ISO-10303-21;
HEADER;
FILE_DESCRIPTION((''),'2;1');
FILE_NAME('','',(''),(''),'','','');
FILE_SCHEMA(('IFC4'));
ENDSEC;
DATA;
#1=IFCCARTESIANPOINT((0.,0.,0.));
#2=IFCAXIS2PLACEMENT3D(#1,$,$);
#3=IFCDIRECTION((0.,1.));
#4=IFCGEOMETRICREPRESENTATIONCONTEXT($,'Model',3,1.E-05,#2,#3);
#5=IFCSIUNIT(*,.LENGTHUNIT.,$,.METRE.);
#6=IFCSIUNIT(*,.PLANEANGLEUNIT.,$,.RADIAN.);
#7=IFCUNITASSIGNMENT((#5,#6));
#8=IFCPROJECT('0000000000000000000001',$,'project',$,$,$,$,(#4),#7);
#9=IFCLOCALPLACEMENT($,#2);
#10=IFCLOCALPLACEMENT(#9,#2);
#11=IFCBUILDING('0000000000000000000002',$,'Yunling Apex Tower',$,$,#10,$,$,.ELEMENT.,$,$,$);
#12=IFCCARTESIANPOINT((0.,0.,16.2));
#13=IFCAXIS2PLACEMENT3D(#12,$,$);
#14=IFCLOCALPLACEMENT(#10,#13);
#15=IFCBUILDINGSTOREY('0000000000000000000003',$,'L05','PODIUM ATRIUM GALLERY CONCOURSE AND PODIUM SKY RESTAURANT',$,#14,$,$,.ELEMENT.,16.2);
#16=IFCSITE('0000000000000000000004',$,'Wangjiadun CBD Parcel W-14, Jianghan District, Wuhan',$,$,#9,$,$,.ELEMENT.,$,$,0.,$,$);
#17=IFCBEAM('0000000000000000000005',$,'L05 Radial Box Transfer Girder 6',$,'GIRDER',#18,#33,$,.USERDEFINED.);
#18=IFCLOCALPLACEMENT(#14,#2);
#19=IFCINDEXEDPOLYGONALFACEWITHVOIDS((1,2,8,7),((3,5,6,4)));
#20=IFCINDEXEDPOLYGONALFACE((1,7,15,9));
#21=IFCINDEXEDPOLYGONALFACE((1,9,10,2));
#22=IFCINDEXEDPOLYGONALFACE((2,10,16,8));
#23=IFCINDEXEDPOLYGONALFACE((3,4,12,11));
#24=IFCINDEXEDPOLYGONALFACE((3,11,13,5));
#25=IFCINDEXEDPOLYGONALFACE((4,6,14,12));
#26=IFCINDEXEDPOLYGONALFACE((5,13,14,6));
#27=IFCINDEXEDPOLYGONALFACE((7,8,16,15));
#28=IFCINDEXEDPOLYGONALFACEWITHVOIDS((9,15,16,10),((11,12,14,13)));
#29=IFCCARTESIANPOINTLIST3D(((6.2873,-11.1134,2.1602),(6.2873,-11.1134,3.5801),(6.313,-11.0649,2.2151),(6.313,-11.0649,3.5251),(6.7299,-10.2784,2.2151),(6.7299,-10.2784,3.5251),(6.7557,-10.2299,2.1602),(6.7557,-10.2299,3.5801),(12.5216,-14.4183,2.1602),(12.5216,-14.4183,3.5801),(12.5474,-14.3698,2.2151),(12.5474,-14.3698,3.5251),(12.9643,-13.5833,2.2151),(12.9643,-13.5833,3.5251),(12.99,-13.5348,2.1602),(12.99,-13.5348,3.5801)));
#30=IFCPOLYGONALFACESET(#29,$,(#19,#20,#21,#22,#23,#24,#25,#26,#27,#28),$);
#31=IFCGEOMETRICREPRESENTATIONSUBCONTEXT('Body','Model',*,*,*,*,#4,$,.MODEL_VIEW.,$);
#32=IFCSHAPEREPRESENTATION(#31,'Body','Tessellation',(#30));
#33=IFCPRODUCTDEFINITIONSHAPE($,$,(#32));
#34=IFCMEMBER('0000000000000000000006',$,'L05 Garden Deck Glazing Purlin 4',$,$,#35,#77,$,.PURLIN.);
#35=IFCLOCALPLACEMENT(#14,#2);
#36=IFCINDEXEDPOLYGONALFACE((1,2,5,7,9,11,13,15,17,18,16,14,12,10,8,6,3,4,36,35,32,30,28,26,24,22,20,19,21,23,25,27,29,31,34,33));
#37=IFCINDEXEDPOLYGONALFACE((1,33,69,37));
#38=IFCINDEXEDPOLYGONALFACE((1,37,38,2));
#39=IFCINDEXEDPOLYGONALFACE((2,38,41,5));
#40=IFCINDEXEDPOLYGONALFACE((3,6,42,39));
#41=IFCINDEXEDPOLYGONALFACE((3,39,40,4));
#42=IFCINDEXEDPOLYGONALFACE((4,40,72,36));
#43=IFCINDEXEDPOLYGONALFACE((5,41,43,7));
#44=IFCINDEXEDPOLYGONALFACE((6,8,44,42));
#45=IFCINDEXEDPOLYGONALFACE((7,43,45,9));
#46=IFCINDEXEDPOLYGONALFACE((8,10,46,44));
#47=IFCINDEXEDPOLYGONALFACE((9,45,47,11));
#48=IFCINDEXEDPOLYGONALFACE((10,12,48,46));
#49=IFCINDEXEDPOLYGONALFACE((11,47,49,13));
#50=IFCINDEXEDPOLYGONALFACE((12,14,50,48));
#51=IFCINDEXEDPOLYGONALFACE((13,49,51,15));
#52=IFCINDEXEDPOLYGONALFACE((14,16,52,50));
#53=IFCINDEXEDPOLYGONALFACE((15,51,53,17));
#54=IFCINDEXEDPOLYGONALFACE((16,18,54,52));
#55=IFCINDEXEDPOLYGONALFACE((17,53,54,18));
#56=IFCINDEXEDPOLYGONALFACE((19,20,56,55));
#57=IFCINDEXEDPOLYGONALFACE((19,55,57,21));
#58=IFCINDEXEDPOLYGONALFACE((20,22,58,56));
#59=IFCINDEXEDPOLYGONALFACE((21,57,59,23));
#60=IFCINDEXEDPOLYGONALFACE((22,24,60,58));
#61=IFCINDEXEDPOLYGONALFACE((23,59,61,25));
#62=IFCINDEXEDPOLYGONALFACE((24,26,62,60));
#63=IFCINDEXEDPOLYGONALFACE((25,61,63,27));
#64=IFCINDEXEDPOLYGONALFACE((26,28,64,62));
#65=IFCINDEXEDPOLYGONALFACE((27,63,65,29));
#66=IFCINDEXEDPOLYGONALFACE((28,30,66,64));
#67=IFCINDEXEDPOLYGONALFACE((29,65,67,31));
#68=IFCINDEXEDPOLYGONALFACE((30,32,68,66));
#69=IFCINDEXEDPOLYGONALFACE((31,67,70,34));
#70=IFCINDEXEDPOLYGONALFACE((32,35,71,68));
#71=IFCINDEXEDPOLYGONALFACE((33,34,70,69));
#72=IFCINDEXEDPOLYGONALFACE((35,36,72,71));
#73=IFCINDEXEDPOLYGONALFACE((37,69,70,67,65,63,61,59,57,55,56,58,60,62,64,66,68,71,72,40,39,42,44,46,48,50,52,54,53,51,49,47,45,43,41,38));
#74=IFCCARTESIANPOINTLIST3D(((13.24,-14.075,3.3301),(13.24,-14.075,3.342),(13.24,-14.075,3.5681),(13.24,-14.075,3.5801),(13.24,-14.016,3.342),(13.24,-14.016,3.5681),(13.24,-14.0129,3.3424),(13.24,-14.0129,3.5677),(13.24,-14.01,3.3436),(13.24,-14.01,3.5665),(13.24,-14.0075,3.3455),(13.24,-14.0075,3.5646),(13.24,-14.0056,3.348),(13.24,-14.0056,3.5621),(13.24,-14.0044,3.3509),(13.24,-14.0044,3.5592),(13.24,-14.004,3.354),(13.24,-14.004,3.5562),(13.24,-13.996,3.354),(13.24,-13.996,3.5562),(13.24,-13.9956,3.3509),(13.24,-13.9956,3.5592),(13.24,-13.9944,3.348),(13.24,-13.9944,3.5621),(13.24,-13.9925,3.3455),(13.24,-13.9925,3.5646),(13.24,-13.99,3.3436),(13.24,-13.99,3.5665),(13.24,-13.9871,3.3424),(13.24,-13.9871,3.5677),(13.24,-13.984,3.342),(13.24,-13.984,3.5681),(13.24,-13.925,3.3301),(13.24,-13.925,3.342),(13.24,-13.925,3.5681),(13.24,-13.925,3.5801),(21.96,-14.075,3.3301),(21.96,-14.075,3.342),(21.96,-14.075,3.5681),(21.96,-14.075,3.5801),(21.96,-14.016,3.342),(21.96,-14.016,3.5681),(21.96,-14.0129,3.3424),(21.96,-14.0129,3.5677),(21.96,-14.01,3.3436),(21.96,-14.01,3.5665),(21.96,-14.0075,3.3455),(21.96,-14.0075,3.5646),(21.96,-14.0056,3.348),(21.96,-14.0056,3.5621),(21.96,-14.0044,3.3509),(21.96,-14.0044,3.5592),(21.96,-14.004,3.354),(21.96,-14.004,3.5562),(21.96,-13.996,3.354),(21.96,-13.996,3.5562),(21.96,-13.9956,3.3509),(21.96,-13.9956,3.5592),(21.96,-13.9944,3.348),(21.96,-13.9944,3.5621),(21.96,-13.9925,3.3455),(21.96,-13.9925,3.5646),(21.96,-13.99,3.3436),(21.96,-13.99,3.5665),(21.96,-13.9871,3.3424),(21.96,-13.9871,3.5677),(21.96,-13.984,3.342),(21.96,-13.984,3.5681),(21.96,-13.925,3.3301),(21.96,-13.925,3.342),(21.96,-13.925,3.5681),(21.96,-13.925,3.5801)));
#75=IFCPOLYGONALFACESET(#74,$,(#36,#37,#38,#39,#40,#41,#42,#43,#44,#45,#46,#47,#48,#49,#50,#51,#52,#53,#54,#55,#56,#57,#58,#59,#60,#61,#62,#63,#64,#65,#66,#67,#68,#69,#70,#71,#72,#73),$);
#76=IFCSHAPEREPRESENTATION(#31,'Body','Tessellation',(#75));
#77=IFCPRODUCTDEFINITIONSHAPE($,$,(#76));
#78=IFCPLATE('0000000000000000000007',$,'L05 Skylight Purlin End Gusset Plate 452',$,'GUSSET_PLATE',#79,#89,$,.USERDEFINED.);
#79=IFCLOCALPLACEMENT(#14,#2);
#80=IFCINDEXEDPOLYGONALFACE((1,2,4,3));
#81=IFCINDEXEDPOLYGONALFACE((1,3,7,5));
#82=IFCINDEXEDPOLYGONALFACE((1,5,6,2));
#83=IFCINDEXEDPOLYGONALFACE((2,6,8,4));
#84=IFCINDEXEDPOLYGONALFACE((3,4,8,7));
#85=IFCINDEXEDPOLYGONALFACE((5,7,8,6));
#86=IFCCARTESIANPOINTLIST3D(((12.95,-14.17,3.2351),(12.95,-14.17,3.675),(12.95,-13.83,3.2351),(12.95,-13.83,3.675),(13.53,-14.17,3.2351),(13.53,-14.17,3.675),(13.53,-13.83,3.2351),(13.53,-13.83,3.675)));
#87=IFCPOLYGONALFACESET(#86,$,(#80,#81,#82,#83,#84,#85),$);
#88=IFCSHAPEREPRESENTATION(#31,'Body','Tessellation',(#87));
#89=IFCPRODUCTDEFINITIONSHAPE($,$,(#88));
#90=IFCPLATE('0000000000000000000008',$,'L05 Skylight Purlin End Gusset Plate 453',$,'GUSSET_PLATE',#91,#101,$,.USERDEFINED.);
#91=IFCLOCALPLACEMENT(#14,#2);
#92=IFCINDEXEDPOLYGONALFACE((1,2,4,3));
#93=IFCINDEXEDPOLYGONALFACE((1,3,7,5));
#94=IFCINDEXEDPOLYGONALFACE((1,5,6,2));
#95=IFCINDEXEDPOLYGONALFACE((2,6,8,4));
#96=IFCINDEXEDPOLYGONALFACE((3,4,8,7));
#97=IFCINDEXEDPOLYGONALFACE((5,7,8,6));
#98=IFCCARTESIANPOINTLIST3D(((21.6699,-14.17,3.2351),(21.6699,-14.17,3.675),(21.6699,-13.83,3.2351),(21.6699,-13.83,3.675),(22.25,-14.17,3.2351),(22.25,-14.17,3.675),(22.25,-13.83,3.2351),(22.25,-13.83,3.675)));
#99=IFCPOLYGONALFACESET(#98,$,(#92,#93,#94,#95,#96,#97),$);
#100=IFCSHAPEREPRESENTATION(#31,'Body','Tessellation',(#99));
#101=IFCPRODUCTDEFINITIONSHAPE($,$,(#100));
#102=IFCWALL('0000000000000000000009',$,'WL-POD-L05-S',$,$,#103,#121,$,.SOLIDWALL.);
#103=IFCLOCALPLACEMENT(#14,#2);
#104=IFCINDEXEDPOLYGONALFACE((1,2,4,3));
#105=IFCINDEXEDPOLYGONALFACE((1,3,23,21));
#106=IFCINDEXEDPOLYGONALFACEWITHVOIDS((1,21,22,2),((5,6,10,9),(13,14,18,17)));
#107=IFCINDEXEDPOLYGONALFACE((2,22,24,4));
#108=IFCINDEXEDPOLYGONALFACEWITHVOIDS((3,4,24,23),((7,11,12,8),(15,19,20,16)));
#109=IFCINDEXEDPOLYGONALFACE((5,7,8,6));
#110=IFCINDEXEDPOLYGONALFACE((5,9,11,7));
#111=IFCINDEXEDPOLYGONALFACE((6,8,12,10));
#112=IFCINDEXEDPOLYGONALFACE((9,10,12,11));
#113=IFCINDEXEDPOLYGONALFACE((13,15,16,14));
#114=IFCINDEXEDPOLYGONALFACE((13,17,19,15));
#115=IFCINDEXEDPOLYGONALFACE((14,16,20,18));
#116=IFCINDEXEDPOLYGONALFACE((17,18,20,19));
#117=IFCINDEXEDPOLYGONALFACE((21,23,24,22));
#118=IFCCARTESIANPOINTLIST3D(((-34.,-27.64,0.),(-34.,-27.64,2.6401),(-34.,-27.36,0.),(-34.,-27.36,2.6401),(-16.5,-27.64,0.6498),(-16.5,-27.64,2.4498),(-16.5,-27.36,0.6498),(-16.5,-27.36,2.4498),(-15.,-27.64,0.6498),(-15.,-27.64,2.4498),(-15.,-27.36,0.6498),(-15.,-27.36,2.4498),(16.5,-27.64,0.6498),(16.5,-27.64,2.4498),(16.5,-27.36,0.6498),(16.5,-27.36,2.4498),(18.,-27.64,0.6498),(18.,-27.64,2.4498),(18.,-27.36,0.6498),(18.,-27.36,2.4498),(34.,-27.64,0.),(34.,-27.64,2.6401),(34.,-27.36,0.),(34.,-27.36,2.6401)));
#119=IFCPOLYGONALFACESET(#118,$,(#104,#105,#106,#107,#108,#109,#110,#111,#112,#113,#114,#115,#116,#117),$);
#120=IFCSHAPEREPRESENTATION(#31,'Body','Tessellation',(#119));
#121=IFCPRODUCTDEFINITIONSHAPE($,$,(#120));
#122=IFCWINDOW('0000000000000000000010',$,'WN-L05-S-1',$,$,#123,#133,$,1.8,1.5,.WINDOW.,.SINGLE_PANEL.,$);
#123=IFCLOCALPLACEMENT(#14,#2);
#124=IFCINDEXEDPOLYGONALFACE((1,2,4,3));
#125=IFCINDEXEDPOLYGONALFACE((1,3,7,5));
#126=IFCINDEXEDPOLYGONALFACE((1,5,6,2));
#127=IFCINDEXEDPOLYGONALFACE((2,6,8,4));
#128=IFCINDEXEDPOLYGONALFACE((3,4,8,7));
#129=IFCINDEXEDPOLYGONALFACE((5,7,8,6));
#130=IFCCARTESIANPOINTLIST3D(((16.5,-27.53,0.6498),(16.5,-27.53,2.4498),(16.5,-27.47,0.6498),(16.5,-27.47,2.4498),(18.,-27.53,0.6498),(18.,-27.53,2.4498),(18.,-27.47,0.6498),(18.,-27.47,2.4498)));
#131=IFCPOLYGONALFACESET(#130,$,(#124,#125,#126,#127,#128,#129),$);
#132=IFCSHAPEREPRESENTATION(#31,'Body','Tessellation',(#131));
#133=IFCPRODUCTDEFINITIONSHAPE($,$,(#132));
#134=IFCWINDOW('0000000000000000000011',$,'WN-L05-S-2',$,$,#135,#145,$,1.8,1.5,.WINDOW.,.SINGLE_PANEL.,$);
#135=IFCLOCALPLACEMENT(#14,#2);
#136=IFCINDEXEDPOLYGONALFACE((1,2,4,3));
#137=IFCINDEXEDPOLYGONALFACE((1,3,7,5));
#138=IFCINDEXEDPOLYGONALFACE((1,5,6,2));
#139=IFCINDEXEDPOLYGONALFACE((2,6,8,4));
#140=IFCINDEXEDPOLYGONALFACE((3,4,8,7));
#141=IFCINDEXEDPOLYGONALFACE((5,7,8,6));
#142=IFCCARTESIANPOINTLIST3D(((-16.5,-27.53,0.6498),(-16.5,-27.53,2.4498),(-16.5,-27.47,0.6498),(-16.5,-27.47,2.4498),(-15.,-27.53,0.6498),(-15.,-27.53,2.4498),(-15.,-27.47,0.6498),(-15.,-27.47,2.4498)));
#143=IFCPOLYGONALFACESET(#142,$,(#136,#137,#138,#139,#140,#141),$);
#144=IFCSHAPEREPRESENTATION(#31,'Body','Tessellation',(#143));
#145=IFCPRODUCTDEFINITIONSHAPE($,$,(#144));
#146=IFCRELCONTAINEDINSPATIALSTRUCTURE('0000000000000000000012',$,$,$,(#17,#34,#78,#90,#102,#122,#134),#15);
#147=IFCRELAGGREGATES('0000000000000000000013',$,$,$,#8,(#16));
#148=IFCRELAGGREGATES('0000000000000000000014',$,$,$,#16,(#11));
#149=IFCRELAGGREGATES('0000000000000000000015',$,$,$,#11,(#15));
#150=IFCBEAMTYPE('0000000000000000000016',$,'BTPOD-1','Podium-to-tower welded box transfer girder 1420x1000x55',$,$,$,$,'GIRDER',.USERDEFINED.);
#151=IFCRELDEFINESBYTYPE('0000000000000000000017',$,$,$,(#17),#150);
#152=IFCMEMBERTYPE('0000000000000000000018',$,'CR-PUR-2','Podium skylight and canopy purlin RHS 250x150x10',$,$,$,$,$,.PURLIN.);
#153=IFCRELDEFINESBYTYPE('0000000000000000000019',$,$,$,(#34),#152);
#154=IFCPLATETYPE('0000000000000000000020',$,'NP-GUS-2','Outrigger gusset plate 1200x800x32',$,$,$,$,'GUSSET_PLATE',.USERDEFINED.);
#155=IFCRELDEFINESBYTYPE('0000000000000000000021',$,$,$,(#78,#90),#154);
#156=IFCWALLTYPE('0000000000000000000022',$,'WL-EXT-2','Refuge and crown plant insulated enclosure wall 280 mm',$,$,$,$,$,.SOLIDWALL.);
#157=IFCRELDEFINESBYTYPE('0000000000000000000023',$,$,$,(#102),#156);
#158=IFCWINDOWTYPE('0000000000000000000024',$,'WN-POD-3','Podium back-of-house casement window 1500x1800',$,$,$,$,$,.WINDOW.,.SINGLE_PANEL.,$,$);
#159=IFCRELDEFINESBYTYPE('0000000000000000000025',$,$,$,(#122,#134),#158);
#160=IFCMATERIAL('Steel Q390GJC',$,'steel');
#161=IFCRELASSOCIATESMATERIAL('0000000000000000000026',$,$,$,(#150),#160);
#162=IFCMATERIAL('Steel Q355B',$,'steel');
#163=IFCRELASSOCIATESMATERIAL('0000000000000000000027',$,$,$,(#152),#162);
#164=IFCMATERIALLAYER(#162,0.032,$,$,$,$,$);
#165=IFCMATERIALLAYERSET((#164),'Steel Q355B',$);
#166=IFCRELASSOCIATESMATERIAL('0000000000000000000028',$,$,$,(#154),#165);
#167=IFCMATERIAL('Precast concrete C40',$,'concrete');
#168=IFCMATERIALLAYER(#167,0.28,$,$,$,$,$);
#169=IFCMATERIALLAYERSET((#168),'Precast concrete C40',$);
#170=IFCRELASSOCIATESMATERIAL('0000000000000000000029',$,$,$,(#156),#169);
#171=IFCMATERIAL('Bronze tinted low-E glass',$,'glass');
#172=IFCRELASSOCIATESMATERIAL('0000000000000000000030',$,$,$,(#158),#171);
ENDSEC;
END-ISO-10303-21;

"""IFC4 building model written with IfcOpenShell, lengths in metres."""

from ifc_helpers import new_model, si_unit, direction, frame, frame_2d, origin, origin_2d, place, context, subcontext, project, spatial, rectangle, hollow_rectangle, i_section, extrude, source, transform, mapped, material, layer, layer_set, material_profile, profile_set, type_object, element, fill, save


model = new_model("IFC4")

# Units and contexts
model_context = context("Model", 3, precision=1e-05, world=origin(), true_north=direction((0.0, 1.0)))
body_context = subcontext(model_context, "Body", "Model", "MODEL_VIEW")
ifc_project = project(units=[si_unit("LENGTHUNIT", "METRE"), si_unit("PLANEANGLEUNIT", "RADIAN")], contexts=[model_context])

# Site, building, storey
site_placement = place(None, origin())
site = spatial("IfcSite", under=ifc_project, at=site_placement, Name="Wangjiadun CBD Parcel W-14, Jianghan District, Wuhan", CompositionType="ELEMENT", RefElevation=0.0)
building_placement = place(site_placement, origin())
building = spatial("IfcBuilding", under=site, at=building_placement, Name="Yunling Apex Tower", CompositionType="ELEMENT")
storey_placement = place(building_placement, frame((0.0, 0.0, 16.2)))
storey = spatial("IfcBuildingStorey", under=building, at=storey_placement, Name="L05", Description="PODIUM ATRIUM GALLERY CONCOURSE AND PODIUM SKY RESTAURANT", CompositionType="ELEMENT", Elevation=16.2)

# Beam
ifc_material_1 = material(Name="Steel Q355B", Category="steel")
ifc_material_2 = material(Name="Steel Q390GJC", Category="steel")
ifc_material_profile_1 = material_profile(ifc_material_2, hollow_rectangle(XDim=1.0, YDim=1.4199, WallThickness=0.0549, at=origin_2d()))
ifc_profile_set_1 = profile_set([ifc_material_profile_1], Name="Steel Q390GJC")
beam_type_1 = type_object("IfcBeamType", Name="BTPOD-1", Description="Podium-to-tower welded box transfer girder 1420x1000x55", ElementType="GIRDER", PredefinedType="USERDEFINED", material=ifc_profile_set_1)
shared_shape_1 = source(origin(), body_context, "Body", "SweptSolid", [
    extrude(hollow_rectangle(XDim=1.0, YDim=1.4199, WallThickness=0.0549, at=origin_2d()), origin(), (0.0, 0.0, 1.0), 7.0562),
])
beam_1_placement = place(storey_placement, frame((6.5215, -10.6716, 2.8701), z_axis=(0.883531, -0.468373, 0.0), x_axis=(0.468373, 0.883531, 0.0)))
element("IfcBeam", 1, at=beam_1_placement, inside=storey, type_object=beam_type_1, Name="L05 Radial Box Transfer Girder 6", ObjectType="GIRDER", PredefinedType="USERDEFINED", context=body_context, shape_type="MappedRepresentation", body=[
    mapped(shared_shape_1, transform((0.0, 0.0, 0.0), scale=1.0)),
])

# Member
ifc_material_profile_2 = material_profile(ifc_material_1, i_section(OverallWidth=0.1499, OverallDepth=0.25, WebThickness=0.0081, FlangeThickness=0.012, FilletRadius=0.012, at=origin_2d()))
ifc_profile_set_2 = profile_set([ifc_material_profile_2], Name="Steel Q355B")
member_type = type_object("IfcMemberType", Name="CR-PUR-2", Description="Podium skylight and canopy purlin RHS 250x150x10", PredefinedType="PURLIN", material=ifc_profile_set_2)
shared_shape_2 = source(origin(), body_context, "Body", "SweptSolid", [
    extrude(i_section(OverallWidth=0.1499, OverallDepth=0.25, WebThickness=0.0081, FlangeThickness=0.012, FilletRadius=0.012, at=origin_2d()), origin(), (0.0, 0.0, 1.0), 8.72),
])
member_placement = place(storey_placement, frame((13.24, -14.0, 3.4551), z_axis=(1.0, 0.0, 0.0), x_axis=(0.0, 1.0, 0.0)))
element("IfcMember", 2, at=member_placement, inside=storey, type_object=member_type, Name="L05 Garden Deck Glazing Purlin 4", PredefinedType="PURLIN", context=body_context, shape_type="MappedRepresentation", body=[
    mapped(shared_shape_2, transform((0.0, 0.0, 0.0), scale=1.0)),
])

# Plates
ifc_layer_1 = layer(ifc_material_1, 0.032)
ifc_layer_set_1 = layer_set([ifc_layer_1], Name="Steel Q355B")
plate_type = type_object("IfcPlateType", Name="NP-GUS-2", Description="Outrigger gusset plate 1200x800x32", ElementType="GUSSET_PLATE", PredefinedType="USERDEFINED", material=ifc_layer_set_1)
shared_shape_3 = source(origin(), body_context, "Body", "SweptSolid", [
    extrude(rectangle(XDim=0.5801, YDim=0.3401, at=origin_2d()), origin(), (0.0, 0.0, 1.0), 0.4399),
])
for number, where, z_axis, x_axis, name in (
    (3, (13.24, -14.0, 3.2351), (0.0, 0.0, 1.0), (1.0, 0.0, 0.0), "L05 Skylight Purlin End Gusset Plate 452"),
    (4, (21.96, -14.0, 3.2351), (0.0, 0.0, 1.0), (1.0, 0.0, 0.0), "L05 Skylight Purlin End Gusset Plate 453"),
):
    element("IfcPlate", number, at=place(storey_placement, frame(where, z_axis=z_axis, x_axis=x_axis)), inside=storey, type_object=plate_type, Name=name, ObjectType="GUSSET_PLATE", PredefinedType="USERDEFINED", context=body_context, shape_type="MappedRepresentation", body=[
        mapped(shared_shape_3, transform((0.0, 0.0, 0.0), scale=1.0)),
    ])

# Wall, openings, windows
ifc_material_3 = material(Name="Precast concrete C40", Category="concrete")
ifc_layer_2 = layer(ifc_material_3, 0.28)
ifc_layer_set_2 = layer_set([ifc_layer_2], Name="Precast concrete C40")
wall_type_1 = type_object("IfcWallType", Name="WL-EXT-2", Description="Refuge and crown plant insulated enclosure wall 280 mm", PredefinedType="SOLIDWALL", material=ifc_layer_set_2)
wall_1_placement = place(storey_placement, frame((34.0, -27.5, 0.0), z_axis=(0.0, 0.0, 1.0), x_axis=(-1.0, 0.0, 0.0)))
wall_1 = element("IfcWall", 5, at=wall_1_placement, inside=storey, type_object=wall_type_1, Name="WL-POD-L05-S", PredefinedType="SOLIDWALL", context=body_context, shape_type="SweptSolid", body=[
    extrude(rectangle(XDim=68.0, YDim=0.28, at=frame_2d((34.0, 0.0))), origin(), (0.0, 0.0, 1.0), 2.6401),
])
opening_1_placement = place(wall_1_placement, frame((16.0, 0.0, 0.6499)))
opening_1 = element("IfcOpeningElement", 6, at=opening_1_placement, cuts=wall_1, PredefinedType="OPENING", context=body_context, shape_type="SweptSolid", body=[
    extrude(rectangle(XDim=1.5, YDim=1.8, at=frame_2d((0.75, 0.8999))), frame((0.0, 0.1499, 0.0), z_axis=(0.0, -1.0, 0.0), x_axis=(1.0, 0.0, 0.0)), (0.0, 0.0, 1.0), 0.3),
])
opening_2_placement = place(wall_1_placement, frame((49.0, 0.0, 0.6499)))
opening_2 = element("IfcOpeningElement", 7, at=opening_2_placement, cuts=wall_1, PredefinedType="OPENING", context=body_context, shape_type="SweptSolid", body=[
    extrude(rectangle(XDim=1.5, YDim=1.8, at=frame_2d((0.75, 0.8999))), frame((0.0, 0.1499, 0.0), z_axis=(0.0, -1.0, 0.0), x_axis=(1.0, 0.0, 0.0)), (0.0, 0.0, 1.0), 0.3),
])
ifc_material_4 = material(Name="Bronze tinted low-E glass", Category="glass")
window_type = type_object("IfcWindowType", Name="WN-POD-3", Description="Podium back-of-house casement window 1500x1800", PartitioningType="SINGLE_PANEL", PredefinedType="WINDOW", material=ifc_material_4)
window_1_placement = place(opening_1_placement, origin())
window_1 = element("IfcWindow", 8, at=window_1_placement, inside=storey, type_object=window_type, Name="WN-L05-S-1", OverallHeight=1.8, OverallWidth=1.5, PartitioningType="SINGLE_PANEL", PredefinedType="WINDOW", context=body_context, shape_type="SweptSolid", body=[
    extrude(rectangle(XDim=1.5, YDim=1.8, at=frame_2d((0.75, 0.8999))), frame((0.0, 0.03, 0.0), z_axis=(0.0, -1.0, 0.0), x_axis=(1.0, 0.0, 0.0)), (0.0, 0.0, 1.0), 0.0601),
])
fill(opening_1, window_1)
window_2_placement = place(opening_2_placement, origin())
window_2 = element("IfcWindow", 9, at=window_2_placement, inside=storey, type_object=window_type, Name="WN-L05-S-2", OverallHeight=1.8, OverallWidth=1.5, PartitioningType="SINGLE_PANEL", PredefinedType="WINDOW", context=body_context, shape_type="SweptSolid", body=[
    extrude(rectangle(XDim=1.5, YDim=1.8, at=frame_2d((0.75, 0.8999))), frame((0.0, 0.03, 0.0), z_axis=(0.0, -1.0, 0.0), x_axis=(1.0, 0.0, 0.0)), (0.0, 0.0, 1.0), 0.0601),
])
fill(opening_2, window_2)

save(model, "model.ifc")
